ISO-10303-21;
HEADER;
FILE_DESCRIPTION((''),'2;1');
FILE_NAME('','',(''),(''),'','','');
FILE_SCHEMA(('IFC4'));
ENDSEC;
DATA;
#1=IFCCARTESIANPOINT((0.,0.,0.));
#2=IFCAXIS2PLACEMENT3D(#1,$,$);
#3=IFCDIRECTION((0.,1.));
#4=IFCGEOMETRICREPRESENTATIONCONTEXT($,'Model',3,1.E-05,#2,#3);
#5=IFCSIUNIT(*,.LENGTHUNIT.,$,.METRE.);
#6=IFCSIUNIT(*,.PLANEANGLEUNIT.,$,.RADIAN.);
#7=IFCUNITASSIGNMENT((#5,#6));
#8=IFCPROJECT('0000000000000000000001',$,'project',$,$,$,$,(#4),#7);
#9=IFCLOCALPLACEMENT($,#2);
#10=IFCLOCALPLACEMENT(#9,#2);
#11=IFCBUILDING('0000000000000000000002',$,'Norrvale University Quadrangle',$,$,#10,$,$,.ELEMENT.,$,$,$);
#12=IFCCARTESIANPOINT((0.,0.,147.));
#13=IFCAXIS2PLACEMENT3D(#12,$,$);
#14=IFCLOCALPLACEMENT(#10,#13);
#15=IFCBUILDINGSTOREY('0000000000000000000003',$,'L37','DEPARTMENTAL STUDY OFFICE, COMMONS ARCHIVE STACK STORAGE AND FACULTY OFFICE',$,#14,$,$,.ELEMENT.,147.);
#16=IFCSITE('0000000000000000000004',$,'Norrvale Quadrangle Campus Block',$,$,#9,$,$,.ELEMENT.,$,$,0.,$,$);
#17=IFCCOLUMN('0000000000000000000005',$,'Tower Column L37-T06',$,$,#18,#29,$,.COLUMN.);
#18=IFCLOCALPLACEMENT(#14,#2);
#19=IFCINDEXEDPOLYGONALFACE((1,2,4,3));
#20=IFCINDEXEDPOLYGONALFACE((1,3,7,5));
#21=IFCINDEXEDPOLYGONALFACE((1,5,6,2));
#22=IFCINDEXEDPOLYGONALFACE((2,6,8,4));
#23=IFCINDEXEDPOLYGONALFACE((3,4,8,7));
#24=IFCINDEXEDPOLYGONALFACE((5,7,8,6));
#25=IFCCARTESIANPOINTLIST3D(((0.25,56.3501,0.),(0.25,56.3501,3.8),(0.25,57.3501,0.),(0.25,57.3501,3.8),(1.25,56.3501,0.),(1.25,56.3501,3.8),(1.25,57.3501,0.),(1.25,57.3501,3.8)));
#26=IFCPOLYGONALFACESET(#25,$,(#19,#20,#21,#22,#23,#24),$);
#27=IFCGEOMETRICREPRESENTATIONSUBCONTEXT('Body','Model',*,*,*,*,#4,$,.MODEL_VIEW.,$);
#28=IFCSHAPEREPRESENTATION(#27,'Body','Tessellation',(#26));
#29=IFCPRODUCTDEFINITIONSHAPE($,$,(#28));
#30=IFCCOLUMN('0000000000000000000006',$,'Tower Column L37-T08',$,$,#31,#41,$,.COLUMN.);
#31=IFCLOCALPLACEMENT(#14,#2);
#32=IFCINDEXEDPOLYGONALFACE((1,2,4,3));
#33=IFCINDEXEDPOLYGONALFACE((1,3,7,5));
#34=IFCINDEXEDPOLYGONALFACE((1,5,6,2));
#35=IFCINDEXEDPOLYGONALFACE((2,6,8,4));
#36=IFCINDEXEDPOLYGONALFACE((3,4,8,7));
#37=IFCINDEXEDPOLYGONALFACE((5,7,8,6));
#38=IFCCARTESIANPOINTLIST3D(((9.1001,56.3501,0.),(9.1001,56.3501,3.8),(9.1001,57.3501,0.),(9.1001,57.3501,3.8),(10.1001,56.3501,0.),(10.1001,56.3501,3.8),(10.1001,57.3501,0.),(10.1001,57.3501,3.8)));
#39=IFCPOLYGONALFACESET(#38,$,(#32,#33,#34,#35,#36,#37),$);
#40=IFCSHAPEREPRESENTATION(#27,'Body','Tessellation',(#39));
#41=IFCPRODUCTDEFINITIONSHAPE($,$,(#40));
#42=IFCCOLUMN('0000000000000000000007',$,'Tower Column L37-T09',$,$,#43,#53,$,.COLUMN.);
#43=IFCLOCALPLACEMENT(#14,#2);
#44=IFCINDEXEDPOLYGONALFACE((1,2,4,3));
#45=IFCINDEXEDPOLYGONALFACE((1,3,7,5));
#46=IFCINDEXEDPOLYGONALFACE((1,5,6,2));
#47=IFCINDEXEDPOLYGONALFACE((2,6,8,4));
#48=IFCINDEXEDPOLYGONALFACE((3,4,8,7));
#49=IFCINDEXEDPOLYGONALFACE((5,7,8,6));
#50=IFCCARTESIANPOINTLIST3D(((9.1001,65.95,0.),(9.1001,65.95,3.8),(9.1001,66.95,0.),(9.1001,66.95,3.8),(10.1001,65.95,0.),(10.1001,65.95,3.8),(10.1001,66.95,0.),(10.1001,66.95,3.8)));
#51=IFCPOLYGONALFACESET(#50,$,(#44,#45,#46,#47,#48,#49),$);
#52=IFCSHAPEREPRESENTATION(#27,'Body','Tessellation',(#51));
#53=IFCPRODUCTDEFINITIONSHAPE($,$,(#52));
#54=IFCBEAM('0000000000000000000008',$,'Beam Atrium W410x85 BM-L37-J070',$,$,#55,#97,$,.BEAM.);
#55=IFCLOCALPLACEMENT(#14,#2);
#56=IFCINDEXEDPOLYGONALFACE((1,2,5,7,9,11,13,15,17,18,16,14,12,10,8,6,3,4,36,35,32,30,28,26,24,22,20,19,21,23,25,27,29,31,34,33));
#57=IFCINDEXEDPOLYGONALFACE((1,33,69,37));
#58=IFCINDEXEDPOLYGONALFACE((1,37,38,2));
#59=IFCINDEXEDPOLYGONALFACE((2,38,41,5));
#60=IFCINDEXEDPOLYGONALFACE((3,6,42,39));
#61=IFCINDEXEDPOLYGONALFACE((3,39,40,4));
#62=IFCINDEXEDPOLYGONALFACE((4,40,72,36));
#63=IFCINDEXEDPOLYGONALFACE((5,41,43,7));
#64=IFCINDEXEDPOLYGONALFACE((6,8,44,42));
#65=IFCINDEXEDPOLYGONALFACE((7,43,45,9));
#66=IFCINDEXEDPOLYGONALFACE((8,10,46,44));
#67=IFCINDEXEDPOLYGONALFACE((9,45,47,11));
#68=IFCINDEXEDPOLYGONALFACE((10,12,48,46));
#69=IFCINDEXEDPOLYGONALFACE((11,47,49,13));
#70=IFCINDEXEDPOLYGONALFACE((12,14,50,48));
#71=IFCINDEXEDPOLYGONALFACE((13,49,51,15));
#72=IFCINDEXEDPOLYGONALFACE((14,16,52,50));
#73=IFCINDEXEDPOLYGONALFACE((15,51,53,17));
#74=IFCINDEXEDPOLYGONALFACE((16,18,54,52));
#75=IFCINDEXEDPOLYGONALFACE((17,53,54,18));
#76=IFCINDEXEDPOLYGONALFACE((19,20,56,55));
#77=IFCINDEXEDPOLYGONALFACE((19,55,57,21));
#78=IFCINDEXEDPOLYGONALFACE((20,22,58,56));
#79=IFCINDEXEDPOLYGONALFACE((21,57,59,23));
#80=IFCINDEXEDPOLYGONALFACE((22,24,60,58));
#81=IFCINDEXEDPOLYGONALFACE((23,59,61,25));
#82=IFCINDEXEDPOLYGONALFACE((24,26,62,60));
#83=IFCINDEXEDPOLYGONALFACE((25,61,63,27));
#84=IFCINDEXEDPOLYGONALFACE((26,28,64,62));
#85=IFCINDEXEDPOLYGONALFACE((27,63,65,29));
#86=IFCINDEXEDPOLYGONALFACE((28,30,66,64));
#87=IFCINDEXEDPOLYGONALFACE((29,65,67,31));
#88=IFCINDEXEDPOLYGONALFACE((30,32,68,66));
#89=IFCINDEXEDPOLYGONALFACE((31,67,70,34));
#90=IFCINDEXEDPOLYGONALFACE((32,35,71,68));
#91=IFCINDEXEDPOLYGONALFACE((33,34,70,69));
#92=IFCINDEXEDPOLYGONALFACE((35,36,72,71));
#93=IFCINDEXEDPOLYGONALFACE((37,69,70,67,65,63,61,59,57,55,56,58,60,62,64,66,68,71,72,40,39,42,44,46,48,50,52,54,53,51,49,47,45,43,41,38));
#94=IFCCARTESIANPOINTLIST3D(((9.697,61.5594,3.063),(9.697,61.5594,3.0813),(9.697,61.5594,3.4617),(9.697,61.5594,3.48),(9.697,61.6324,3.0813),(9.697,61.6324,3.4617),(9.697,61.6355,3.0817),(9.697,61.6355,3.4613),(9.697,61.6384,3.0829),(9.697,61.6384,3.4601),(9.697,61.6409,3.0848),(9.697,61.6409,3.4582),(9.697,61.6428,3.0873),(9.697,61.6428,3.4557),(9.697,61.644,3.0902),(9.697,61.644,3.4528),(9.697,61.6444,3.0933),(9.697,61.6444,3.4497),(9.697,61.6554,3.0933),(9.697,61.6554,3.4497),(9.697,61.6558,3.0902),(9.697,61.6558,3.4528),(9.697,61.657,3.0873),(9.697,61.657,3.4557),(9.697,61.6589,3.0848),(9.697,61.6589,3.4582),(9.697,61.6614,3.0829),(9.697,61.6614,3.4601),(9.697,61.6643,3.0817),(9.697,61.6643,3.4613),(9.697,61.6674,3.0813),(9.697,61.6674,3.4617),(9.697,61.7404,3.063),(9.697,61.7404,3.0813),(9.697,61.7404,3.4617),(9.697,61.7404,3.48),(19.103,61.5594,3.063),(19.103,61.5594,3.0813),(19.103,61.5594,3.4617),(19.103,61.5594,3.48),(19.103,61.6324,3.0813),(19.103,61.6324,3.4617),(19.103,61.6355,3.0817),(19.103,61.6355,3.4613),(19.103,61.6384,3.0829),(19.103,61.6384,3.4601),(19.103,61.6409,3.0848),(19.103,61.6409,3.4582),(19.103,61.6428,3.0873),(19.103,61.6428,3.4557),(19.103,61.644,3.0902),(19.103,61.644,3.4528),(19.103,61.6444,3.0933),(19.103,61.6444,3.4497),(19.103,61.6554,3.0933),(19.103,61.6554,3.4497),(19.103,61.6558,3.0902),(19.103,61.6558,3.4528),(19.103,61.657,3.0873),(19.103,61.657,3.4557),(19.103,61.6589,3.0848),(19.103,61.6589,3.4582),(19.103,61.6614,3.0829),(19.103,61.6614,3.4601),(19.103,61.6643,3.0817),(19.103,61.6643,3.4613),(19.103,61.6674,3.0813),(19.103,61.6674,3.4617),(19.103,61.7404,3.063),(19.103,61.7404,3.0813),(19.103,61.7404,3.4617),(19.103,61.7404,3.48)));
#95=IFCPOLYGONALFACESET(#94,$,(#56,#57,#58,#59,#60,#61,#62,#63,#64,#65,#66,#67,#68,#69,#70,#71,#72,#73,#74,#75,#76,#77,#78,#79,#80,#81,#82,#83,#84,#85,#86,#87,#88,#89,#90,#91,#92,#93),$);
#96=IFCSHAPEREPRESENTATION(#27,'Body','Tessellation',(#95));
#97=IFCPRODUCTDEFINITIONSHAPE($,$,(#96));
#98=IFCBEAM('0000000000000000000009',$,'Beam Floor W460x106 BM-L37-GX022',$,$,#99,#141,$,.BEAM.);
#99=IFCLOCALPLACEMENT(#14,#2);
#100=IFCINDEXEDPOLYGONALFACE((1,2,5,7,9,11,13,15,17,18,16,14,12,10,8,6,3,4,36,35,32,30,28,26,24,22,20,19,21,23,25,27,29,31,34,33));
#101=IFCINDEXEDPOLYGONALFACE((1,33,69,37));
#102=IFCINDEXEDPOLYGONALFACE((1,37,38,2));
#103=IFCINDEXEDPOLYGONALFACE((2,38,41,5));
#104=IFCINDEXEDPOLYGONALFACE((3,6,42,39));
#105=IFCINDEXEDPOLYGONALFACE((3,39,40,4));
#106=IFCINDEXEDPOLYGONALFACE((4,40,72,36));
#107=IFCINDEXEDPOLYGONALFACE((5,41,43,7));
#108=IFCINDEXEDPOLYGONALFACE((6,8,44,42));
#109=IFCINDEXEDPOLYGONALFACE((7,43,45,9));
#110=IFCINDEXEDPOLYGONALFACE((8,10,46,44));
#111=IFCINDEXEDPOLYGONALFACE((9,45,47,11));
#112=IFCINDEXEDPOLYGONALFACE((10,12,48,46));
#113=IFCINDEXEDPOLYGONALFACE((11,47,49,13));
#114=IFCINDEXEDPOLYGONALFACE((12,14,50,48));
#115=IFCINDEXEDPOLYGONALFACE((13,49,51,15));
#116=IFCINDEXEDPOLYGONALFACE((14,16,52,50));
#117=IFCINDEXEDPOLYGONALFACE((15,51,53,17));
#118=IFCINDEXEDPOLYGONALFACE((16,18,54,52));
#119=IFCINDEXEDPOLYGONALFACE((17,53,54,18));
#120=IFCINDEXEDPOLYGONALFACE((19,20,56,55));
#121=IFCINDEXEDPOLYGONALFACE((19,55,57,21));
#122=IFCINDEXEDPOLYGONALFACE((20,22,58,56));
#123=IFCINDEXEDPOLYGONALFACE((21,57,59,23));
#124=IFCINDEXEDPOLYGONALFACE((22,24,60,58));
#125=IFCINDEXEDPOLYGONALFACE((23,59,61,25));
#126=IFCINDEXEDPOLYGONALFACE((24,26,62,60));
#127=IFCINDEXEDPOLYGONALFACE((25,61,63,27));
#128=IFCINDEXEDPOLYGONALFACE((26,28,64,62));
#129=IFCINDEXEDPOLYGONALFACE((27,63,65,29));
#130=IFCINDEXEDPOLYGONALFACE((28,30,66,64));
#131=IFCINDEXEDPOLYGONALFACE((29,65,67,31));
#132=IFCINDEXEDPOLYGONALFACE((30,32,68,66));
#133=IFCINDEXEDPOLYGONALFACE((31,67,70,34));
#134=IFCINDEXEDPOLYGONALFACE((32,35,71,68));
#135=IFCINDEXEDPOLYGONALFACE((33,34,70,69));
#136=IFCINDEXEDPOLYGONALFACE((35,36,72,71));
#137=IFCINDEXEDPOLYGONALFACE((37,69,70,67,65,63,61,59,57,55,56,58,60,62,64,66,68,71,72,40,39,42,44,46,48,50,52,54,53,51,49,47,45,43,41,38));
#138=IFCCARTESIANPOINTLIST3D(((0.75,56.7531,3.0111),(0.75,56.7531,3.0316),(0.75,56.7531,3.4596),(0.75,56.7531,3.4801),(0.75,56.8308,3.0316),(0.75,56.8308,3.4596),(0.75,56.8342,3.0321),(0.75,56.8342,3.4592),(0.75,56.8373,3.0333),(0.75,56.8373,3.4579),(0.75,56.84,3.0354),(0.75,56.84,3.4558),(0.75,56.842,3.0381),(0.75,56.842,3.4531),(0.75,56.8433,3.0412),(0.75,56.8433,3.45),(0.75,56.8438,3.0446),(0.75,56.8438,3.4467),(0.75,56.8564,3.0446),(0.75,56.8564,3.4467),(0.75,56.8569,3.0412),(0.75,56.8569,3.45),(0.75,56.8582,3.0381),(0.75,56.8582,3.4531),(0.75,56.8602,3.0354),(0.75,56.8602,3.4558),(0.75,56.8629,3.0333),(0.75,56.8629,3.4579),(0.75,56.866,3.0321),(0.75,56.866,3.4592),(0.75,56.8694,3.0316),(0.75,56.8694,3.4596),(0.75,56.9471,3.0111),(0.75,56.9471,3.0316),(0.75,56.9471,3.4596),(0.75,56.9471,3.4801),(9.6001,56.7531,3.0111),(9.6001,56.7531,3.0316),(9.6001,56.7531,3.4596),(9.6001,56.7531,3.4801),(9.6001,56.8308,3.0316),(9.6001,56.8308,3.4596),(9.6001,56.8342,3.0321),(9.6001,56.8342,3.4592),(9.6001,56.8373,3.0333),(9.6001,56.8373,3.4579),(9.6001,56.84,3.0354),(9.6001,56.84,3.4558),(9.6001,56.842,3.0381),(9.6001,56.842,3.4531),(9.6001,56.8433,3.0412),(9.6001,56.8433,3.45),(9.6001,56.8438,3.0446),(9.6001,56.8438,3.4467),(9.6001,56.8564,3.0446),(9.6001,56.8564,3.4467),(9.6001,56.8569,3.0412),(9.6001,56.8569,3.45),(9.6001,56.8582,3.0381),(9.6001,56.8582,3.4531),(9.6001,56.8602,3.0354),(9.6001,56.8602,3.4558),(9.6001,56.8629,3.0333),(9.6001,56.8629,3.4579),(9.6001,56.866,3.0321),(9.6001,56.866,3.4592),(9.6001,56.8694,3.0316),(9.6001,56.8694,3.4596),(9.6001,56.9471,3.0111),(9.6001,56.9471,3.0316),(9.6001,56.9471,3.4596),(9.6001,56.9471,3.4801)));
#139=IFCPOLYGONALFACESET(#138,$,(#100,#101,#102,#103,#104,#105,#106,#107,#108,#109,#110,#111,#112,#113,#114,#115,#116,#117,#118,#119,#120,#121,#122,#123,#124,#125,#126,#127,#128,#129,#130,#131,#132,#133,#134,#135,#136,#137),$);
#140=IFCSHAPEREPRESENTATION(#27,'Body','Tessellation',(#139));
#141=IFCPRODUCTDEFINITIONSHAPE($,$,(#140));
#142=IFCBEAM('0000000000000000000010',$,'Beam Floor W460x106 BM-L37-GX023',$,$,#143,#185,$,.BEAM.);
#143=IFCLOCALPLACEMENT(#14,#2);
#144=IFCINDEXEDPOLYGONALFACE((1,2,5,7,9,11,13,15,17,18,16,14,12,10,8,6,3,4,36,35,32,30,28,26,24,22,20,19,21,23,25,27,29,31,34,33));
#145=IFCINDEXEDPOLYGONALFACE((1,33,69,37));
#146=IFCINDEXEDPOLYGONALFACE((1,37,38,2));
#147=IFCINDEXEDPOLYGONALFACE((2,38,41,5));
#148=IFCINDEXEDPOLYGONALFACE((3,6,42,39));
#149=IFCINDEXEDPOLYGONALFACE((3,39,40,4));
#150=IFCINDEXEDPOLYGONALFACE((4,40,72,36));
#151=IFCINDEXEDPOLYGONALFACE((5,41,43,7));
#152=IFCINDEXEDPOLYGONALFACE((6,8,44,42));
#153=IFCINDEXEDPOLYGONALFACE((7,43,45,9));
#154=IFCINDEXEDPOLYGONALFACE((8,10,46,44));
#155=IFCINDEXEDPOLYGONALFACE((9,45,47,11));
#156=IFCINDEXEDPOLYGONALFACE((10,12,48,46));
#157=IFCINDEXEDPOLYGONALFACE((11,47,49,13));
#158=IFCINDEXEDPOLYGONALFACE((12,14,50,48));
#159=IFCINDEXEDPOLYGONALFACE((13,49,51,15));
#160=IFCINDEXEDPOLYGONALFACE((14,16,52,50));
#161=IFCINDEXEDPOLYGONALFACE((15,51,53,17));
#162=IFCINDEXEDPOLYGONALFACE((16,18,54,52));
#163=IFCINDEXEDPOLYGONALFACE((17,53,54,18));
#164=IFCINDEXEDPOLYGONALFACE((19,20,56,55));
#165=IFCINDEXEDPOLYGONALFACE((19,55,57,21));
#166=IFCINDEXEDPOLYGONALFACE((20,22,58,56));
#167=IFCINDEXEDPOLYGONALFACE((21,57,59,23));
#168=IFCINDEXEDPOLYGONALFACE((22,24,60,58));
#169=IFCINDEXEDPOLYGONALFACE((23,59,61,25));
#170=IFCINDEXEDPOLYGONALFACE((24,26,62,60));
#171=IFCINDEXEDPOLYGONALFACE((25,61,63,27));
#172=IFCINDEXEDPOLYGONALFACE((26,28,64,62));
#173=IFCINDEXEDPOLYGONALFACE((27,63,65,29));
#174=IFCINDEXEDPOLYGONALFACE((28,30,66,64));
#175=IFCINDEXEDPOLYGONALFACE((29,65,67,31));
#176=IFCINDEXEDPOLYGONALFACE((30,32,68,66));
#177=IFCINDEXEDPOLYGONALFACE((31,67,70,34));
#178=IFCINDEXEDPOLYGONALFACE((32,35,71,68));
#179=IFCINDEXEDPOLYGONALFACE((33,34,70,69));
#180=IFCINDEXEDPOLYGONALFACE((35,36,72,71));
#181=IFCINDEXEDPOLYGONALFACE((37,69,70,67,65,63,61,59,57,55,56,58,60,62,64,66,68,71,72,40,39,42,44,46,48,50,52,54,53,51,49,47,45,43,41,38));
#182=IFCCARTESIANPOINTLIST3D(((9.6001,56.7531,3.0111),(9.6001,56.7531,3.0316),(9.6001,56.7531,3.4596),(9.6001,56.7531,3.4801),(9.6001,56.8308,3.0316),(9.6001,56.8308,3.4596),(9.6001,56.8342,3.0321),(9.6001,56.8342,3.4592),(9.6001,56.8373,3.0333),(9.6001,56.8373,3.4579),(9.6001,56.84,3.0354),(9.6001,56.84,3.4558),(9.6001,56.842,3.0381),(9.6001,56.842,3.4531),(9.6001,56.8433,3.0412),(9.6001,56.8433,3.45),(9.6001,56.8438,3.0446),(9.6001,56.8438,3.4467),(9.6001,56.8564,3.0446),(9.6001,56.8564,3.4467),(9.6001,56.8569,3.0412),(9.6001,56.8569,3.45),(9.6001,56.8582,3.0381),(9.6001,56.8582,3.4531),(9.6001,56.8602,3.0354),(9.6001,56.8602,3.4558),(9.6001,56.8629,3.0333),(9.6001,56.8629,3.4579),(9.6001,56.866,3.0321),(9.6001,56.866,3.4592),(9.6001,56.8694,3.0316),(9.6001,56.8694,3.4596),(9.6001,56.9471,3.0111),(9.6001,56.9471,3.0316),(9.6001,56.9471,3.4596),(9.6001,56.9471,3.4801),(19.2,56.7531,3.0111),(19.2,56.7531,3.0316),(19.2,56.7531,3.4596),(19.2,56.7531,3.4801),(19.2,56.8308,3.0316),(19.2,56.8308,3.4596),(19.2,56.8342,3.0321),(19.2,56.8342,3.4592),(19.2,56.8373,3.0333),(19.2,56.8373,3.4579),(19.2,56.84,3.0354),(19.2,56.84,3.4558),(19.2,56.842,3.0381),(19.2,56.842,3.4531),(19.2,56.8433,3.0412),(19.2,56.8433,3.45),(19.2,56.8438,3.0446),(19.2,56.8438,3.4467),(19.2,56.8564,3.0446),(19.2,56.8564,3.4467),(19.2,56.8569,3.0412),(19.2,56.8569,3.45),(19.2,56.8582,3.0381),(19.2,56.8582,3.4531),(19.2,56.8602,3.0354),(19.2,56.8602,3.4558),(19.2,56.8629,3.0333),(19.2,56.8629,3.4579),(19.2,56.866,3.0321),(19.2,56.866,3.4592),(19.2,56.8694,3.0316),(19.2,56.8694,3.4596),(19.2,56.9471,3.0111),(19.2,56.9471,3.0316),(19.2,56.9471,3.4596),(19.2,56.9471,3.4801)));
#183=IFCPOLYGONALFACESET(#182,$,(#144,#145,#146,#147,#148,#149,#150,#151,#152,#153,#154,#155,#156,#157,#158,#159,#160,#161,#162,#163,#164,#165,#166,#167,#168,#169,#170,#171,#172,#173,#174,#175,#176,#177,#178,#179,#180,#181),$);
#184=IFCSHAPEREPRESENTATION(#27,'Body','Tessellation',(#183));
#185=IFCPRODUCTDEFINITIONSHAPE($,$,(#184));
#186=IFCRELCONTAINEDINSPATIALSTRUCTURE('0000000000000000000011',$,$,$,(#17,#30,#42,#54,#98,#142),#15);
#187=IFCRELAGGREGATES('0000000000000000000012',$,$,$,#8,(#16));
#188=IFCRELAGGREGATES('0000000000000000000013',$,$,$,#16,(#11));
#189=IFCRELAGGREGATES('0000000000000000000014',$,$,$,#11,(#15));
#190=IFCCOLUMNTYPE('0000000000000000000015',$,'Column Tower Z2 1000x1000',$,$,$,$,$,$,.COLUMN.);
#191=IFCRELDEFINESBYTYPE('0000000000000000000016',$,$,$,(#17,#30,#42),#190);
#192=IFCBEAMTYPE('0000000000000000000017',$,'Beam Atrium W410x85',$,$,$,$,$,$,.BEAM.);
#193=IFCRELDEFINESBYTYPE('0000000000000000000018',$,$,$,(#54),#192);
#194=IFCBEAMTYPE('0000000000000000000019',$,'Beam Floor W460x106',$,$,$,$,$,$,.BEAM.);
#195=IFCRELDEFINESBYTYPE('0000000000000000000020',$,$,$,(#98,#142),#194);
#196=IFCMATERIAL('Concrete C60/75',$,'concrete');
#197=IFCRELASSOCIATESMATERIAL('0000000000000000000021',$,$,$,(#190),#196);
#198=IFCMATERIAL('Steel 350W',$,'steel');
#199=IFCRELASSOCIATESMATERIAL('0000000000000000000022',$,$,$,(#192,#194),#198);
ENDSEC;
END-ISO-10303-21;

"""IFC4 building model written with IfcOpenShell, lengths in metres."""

from ifc_helpers import new_model, si_unit, direction, frame, origin, origin_2d, place, context, subcontext, project, spatial, rectangle, i_section, extrude, material, material_profile, profile_set, type_object, element, save


model = new_model("IFC4")

# Units and contexts
model_context = context("Model", 3, precision=1e-05, world=origin(), true_north=direction((0.0, 1.0)))
body_context = subcontext(model_context, "Body", "Model", "MODEL_VIEW")
ifc_project = project(units=[si_unit("LENGTHUNIT", "METRE"), si_unit("PLANEANGLEUNIT", "RADIAN")], contexts=[model_context])

# Site, building, storey
site_placement = place(None, origin())
site = spatial("IfcSite", under=ifc_project, at=site_placement, Name="Norrvale Quadrangle Campus Block", CompositionType="ELEMENT", RefElevation=0.0)
building_placement = place(site_placement, origin())
building = spatial("IfcBuilding", under=site, at=building_placement, Name="Norrvale University Quadrangle", CompositionType="ELEMENT")
storey_placement = place(building_placement, frame((0.0, 0.0, 147.0)))
storey = spatial("IfcBuildingStorey", under=building, at=storey_placement, Name="L37", Description="DEPARTMENTAL STUDY OFFICE, COMMONS ARCHIVE STACK STORAGE AND FACULTY OFFICE", CompositionType="ELEMENT", Elevation=147.0)

# Columns
ifc_material_1 = material(Name="Concrete C60/75", Category="concrete")
ifc_material_profile_1 = material_profile(ifc_material_1, rectangle(XDim=1.0, YDim=1.0, at=origin_2d()), Name="Concrete C60/75")
ifc_profile_set_1 = profile_set([ifc_material_profile_1], Name="Concrete C60/75")
column_type = type_object("IfcColumnType", Name="Column Tower Z2 1000x1000", PredefinedType="COLUMN", material=ifc_profile_set_1)
for number, where, z_axis, x_axis, name in (
    (1, (0.75, 56.8501, 0.0), (0.0, 0.0, 1.0), (1.0, 0.0, 0.0), "Tower Column L37-T06"),
    (2, (9.6001, 56.8501, 0.0), (0.0, 0.0, 1.0), (1.0, 0.0, 0.0), "Tower Column L37-T08"),
    (3, (9.6001, 66.45, 0.0), (0.0, 0.0, 1.0), (1.0, 0.0, 0.0), "Tower Column L37-T09"),
):
    element("IfcColumn", number, at=place(storey_placement, frame(where, z_axis=z_axis, x_axis=x_axis)), inside=storey, type_object=column_type, Name=name, PredefinedType="COLUMN", context=body_context, shape_type="SweptSolid", body=[
        extrude(rectangle(XDim=1.0, YDim=1.0, at=origin_2d()), origin(), (0.0, 0.0, 1.0), 3.8),
    ])

# Beams
ifc_material_2 = material(Name="Steel 350W", Category="steel")
ifc_material_profile_2 = material_profile(ifc_material_2, i_section(OverallWidth=0.1809, OverallDepth=0.417, WebThickness=0.011, FlangeThickness=0.0183, FilletRadius=0.012, at=origin_2d()), Name="Steel 350W")
ifc_profile_set_2 = profile_set([ifc_material_profile_2], Name="Steel 350W")
beam_type_1 = type_object("IfcBeamType", Name="Beam Atrium W410x85", PredefinedType="BEAM", material=ifc_profile_set_2)
beam_1_placement = place(storey_placement, frame((9.697, 61.6499, 3.2715), z_axis=(1.0, 0.0, 0.0), x_axis=(0.0, 1.0, 0.0)))
element("IfcBeam", 4, at=beam_1_placement, inside=storey, type_object=beam_type_1, Name="Beam Atrium W410x85 BM-L37-J070", PredefinedType="BEAM", context=body_context, shape_type="SweptSolid", body=[
    extrude(i_section(OverallWidth=0.1809, OverallDepth=0.417, WebThickness=0.011, FlangeThickness=0.0183, FilletRadius=0.012, at=origin_2d()), origin(), (0.0, 0.0, 1.0), 9.406),
])
ifc_material_profile_3 = material_profile(ifc_material_2, i_section(OverallWidth=0.1941, OverallDepth=0.469, WebThickness=0.0127, FlangeThickness=0.0205, FilletRadius=0.0129, at=origin_2d()), Name="Steel 350W")
ifc_profile_set_3 = profile_set([ifc_material_profile_3], Name="Steel 350W")
beam_type_2 = type_object("IfcBeamType", Name="Beam Floor W460x106", PredefinedType="BEAM", material=ifc_profile_set_3)
beam_2_placement = place(storey_placement, frame((0.75, 56.8501, 3.2456), z_axis=(1.0, 0.0, 0.0), x_axis=(0.0, 1.0, 0.0)))
element("IfcBeam", 5, at=beam_2_placement, inside=storey, type_object=beam_type_2, Name="Beam Floor W460x106 BM-L37-GX022", PredefinedType="BEAM", context=body_context, shape_type="SweptSolid", body=[
    extrude(i_section(OverallWidth=0.1941, OverallDepth=0.469, WebThickness=0.0127, FlangeThickness=0.0205, FilletRadius=0.0129, at=origin_2d()), origin(), (0.0, 0.0, 1.0), 8.8501),
])
for number, where, z_axis, x_axis, name in (
    (6, (9.6001, 56.8501, 3.2456), (1.0, 0.0, 0.0), (0.0, 1.0, 0.0), "Beam Floor W460x106 BM-L37-GX023"),
):
    element("IfcBeam", number, at=place(storey_placement, frame(where, z_axis=z_axis, x_axis=x_axis)), inside=storey, type_object=beam_type_2, Name=name, PredefinedType="BEAM", context=body_context, shape_type="SweptSolid", body=[
        extrude(i_section(OverallWidth=0.1941, OverallDepth=0.469, WebThickness=0.0127, FlangeThickness=0.0205, FilletRadius=0.0129, at=origin_2d()), origin(), (0.0, 0.0, 1.0), 9.5999),
    ])

save(model, "model.ifc")
